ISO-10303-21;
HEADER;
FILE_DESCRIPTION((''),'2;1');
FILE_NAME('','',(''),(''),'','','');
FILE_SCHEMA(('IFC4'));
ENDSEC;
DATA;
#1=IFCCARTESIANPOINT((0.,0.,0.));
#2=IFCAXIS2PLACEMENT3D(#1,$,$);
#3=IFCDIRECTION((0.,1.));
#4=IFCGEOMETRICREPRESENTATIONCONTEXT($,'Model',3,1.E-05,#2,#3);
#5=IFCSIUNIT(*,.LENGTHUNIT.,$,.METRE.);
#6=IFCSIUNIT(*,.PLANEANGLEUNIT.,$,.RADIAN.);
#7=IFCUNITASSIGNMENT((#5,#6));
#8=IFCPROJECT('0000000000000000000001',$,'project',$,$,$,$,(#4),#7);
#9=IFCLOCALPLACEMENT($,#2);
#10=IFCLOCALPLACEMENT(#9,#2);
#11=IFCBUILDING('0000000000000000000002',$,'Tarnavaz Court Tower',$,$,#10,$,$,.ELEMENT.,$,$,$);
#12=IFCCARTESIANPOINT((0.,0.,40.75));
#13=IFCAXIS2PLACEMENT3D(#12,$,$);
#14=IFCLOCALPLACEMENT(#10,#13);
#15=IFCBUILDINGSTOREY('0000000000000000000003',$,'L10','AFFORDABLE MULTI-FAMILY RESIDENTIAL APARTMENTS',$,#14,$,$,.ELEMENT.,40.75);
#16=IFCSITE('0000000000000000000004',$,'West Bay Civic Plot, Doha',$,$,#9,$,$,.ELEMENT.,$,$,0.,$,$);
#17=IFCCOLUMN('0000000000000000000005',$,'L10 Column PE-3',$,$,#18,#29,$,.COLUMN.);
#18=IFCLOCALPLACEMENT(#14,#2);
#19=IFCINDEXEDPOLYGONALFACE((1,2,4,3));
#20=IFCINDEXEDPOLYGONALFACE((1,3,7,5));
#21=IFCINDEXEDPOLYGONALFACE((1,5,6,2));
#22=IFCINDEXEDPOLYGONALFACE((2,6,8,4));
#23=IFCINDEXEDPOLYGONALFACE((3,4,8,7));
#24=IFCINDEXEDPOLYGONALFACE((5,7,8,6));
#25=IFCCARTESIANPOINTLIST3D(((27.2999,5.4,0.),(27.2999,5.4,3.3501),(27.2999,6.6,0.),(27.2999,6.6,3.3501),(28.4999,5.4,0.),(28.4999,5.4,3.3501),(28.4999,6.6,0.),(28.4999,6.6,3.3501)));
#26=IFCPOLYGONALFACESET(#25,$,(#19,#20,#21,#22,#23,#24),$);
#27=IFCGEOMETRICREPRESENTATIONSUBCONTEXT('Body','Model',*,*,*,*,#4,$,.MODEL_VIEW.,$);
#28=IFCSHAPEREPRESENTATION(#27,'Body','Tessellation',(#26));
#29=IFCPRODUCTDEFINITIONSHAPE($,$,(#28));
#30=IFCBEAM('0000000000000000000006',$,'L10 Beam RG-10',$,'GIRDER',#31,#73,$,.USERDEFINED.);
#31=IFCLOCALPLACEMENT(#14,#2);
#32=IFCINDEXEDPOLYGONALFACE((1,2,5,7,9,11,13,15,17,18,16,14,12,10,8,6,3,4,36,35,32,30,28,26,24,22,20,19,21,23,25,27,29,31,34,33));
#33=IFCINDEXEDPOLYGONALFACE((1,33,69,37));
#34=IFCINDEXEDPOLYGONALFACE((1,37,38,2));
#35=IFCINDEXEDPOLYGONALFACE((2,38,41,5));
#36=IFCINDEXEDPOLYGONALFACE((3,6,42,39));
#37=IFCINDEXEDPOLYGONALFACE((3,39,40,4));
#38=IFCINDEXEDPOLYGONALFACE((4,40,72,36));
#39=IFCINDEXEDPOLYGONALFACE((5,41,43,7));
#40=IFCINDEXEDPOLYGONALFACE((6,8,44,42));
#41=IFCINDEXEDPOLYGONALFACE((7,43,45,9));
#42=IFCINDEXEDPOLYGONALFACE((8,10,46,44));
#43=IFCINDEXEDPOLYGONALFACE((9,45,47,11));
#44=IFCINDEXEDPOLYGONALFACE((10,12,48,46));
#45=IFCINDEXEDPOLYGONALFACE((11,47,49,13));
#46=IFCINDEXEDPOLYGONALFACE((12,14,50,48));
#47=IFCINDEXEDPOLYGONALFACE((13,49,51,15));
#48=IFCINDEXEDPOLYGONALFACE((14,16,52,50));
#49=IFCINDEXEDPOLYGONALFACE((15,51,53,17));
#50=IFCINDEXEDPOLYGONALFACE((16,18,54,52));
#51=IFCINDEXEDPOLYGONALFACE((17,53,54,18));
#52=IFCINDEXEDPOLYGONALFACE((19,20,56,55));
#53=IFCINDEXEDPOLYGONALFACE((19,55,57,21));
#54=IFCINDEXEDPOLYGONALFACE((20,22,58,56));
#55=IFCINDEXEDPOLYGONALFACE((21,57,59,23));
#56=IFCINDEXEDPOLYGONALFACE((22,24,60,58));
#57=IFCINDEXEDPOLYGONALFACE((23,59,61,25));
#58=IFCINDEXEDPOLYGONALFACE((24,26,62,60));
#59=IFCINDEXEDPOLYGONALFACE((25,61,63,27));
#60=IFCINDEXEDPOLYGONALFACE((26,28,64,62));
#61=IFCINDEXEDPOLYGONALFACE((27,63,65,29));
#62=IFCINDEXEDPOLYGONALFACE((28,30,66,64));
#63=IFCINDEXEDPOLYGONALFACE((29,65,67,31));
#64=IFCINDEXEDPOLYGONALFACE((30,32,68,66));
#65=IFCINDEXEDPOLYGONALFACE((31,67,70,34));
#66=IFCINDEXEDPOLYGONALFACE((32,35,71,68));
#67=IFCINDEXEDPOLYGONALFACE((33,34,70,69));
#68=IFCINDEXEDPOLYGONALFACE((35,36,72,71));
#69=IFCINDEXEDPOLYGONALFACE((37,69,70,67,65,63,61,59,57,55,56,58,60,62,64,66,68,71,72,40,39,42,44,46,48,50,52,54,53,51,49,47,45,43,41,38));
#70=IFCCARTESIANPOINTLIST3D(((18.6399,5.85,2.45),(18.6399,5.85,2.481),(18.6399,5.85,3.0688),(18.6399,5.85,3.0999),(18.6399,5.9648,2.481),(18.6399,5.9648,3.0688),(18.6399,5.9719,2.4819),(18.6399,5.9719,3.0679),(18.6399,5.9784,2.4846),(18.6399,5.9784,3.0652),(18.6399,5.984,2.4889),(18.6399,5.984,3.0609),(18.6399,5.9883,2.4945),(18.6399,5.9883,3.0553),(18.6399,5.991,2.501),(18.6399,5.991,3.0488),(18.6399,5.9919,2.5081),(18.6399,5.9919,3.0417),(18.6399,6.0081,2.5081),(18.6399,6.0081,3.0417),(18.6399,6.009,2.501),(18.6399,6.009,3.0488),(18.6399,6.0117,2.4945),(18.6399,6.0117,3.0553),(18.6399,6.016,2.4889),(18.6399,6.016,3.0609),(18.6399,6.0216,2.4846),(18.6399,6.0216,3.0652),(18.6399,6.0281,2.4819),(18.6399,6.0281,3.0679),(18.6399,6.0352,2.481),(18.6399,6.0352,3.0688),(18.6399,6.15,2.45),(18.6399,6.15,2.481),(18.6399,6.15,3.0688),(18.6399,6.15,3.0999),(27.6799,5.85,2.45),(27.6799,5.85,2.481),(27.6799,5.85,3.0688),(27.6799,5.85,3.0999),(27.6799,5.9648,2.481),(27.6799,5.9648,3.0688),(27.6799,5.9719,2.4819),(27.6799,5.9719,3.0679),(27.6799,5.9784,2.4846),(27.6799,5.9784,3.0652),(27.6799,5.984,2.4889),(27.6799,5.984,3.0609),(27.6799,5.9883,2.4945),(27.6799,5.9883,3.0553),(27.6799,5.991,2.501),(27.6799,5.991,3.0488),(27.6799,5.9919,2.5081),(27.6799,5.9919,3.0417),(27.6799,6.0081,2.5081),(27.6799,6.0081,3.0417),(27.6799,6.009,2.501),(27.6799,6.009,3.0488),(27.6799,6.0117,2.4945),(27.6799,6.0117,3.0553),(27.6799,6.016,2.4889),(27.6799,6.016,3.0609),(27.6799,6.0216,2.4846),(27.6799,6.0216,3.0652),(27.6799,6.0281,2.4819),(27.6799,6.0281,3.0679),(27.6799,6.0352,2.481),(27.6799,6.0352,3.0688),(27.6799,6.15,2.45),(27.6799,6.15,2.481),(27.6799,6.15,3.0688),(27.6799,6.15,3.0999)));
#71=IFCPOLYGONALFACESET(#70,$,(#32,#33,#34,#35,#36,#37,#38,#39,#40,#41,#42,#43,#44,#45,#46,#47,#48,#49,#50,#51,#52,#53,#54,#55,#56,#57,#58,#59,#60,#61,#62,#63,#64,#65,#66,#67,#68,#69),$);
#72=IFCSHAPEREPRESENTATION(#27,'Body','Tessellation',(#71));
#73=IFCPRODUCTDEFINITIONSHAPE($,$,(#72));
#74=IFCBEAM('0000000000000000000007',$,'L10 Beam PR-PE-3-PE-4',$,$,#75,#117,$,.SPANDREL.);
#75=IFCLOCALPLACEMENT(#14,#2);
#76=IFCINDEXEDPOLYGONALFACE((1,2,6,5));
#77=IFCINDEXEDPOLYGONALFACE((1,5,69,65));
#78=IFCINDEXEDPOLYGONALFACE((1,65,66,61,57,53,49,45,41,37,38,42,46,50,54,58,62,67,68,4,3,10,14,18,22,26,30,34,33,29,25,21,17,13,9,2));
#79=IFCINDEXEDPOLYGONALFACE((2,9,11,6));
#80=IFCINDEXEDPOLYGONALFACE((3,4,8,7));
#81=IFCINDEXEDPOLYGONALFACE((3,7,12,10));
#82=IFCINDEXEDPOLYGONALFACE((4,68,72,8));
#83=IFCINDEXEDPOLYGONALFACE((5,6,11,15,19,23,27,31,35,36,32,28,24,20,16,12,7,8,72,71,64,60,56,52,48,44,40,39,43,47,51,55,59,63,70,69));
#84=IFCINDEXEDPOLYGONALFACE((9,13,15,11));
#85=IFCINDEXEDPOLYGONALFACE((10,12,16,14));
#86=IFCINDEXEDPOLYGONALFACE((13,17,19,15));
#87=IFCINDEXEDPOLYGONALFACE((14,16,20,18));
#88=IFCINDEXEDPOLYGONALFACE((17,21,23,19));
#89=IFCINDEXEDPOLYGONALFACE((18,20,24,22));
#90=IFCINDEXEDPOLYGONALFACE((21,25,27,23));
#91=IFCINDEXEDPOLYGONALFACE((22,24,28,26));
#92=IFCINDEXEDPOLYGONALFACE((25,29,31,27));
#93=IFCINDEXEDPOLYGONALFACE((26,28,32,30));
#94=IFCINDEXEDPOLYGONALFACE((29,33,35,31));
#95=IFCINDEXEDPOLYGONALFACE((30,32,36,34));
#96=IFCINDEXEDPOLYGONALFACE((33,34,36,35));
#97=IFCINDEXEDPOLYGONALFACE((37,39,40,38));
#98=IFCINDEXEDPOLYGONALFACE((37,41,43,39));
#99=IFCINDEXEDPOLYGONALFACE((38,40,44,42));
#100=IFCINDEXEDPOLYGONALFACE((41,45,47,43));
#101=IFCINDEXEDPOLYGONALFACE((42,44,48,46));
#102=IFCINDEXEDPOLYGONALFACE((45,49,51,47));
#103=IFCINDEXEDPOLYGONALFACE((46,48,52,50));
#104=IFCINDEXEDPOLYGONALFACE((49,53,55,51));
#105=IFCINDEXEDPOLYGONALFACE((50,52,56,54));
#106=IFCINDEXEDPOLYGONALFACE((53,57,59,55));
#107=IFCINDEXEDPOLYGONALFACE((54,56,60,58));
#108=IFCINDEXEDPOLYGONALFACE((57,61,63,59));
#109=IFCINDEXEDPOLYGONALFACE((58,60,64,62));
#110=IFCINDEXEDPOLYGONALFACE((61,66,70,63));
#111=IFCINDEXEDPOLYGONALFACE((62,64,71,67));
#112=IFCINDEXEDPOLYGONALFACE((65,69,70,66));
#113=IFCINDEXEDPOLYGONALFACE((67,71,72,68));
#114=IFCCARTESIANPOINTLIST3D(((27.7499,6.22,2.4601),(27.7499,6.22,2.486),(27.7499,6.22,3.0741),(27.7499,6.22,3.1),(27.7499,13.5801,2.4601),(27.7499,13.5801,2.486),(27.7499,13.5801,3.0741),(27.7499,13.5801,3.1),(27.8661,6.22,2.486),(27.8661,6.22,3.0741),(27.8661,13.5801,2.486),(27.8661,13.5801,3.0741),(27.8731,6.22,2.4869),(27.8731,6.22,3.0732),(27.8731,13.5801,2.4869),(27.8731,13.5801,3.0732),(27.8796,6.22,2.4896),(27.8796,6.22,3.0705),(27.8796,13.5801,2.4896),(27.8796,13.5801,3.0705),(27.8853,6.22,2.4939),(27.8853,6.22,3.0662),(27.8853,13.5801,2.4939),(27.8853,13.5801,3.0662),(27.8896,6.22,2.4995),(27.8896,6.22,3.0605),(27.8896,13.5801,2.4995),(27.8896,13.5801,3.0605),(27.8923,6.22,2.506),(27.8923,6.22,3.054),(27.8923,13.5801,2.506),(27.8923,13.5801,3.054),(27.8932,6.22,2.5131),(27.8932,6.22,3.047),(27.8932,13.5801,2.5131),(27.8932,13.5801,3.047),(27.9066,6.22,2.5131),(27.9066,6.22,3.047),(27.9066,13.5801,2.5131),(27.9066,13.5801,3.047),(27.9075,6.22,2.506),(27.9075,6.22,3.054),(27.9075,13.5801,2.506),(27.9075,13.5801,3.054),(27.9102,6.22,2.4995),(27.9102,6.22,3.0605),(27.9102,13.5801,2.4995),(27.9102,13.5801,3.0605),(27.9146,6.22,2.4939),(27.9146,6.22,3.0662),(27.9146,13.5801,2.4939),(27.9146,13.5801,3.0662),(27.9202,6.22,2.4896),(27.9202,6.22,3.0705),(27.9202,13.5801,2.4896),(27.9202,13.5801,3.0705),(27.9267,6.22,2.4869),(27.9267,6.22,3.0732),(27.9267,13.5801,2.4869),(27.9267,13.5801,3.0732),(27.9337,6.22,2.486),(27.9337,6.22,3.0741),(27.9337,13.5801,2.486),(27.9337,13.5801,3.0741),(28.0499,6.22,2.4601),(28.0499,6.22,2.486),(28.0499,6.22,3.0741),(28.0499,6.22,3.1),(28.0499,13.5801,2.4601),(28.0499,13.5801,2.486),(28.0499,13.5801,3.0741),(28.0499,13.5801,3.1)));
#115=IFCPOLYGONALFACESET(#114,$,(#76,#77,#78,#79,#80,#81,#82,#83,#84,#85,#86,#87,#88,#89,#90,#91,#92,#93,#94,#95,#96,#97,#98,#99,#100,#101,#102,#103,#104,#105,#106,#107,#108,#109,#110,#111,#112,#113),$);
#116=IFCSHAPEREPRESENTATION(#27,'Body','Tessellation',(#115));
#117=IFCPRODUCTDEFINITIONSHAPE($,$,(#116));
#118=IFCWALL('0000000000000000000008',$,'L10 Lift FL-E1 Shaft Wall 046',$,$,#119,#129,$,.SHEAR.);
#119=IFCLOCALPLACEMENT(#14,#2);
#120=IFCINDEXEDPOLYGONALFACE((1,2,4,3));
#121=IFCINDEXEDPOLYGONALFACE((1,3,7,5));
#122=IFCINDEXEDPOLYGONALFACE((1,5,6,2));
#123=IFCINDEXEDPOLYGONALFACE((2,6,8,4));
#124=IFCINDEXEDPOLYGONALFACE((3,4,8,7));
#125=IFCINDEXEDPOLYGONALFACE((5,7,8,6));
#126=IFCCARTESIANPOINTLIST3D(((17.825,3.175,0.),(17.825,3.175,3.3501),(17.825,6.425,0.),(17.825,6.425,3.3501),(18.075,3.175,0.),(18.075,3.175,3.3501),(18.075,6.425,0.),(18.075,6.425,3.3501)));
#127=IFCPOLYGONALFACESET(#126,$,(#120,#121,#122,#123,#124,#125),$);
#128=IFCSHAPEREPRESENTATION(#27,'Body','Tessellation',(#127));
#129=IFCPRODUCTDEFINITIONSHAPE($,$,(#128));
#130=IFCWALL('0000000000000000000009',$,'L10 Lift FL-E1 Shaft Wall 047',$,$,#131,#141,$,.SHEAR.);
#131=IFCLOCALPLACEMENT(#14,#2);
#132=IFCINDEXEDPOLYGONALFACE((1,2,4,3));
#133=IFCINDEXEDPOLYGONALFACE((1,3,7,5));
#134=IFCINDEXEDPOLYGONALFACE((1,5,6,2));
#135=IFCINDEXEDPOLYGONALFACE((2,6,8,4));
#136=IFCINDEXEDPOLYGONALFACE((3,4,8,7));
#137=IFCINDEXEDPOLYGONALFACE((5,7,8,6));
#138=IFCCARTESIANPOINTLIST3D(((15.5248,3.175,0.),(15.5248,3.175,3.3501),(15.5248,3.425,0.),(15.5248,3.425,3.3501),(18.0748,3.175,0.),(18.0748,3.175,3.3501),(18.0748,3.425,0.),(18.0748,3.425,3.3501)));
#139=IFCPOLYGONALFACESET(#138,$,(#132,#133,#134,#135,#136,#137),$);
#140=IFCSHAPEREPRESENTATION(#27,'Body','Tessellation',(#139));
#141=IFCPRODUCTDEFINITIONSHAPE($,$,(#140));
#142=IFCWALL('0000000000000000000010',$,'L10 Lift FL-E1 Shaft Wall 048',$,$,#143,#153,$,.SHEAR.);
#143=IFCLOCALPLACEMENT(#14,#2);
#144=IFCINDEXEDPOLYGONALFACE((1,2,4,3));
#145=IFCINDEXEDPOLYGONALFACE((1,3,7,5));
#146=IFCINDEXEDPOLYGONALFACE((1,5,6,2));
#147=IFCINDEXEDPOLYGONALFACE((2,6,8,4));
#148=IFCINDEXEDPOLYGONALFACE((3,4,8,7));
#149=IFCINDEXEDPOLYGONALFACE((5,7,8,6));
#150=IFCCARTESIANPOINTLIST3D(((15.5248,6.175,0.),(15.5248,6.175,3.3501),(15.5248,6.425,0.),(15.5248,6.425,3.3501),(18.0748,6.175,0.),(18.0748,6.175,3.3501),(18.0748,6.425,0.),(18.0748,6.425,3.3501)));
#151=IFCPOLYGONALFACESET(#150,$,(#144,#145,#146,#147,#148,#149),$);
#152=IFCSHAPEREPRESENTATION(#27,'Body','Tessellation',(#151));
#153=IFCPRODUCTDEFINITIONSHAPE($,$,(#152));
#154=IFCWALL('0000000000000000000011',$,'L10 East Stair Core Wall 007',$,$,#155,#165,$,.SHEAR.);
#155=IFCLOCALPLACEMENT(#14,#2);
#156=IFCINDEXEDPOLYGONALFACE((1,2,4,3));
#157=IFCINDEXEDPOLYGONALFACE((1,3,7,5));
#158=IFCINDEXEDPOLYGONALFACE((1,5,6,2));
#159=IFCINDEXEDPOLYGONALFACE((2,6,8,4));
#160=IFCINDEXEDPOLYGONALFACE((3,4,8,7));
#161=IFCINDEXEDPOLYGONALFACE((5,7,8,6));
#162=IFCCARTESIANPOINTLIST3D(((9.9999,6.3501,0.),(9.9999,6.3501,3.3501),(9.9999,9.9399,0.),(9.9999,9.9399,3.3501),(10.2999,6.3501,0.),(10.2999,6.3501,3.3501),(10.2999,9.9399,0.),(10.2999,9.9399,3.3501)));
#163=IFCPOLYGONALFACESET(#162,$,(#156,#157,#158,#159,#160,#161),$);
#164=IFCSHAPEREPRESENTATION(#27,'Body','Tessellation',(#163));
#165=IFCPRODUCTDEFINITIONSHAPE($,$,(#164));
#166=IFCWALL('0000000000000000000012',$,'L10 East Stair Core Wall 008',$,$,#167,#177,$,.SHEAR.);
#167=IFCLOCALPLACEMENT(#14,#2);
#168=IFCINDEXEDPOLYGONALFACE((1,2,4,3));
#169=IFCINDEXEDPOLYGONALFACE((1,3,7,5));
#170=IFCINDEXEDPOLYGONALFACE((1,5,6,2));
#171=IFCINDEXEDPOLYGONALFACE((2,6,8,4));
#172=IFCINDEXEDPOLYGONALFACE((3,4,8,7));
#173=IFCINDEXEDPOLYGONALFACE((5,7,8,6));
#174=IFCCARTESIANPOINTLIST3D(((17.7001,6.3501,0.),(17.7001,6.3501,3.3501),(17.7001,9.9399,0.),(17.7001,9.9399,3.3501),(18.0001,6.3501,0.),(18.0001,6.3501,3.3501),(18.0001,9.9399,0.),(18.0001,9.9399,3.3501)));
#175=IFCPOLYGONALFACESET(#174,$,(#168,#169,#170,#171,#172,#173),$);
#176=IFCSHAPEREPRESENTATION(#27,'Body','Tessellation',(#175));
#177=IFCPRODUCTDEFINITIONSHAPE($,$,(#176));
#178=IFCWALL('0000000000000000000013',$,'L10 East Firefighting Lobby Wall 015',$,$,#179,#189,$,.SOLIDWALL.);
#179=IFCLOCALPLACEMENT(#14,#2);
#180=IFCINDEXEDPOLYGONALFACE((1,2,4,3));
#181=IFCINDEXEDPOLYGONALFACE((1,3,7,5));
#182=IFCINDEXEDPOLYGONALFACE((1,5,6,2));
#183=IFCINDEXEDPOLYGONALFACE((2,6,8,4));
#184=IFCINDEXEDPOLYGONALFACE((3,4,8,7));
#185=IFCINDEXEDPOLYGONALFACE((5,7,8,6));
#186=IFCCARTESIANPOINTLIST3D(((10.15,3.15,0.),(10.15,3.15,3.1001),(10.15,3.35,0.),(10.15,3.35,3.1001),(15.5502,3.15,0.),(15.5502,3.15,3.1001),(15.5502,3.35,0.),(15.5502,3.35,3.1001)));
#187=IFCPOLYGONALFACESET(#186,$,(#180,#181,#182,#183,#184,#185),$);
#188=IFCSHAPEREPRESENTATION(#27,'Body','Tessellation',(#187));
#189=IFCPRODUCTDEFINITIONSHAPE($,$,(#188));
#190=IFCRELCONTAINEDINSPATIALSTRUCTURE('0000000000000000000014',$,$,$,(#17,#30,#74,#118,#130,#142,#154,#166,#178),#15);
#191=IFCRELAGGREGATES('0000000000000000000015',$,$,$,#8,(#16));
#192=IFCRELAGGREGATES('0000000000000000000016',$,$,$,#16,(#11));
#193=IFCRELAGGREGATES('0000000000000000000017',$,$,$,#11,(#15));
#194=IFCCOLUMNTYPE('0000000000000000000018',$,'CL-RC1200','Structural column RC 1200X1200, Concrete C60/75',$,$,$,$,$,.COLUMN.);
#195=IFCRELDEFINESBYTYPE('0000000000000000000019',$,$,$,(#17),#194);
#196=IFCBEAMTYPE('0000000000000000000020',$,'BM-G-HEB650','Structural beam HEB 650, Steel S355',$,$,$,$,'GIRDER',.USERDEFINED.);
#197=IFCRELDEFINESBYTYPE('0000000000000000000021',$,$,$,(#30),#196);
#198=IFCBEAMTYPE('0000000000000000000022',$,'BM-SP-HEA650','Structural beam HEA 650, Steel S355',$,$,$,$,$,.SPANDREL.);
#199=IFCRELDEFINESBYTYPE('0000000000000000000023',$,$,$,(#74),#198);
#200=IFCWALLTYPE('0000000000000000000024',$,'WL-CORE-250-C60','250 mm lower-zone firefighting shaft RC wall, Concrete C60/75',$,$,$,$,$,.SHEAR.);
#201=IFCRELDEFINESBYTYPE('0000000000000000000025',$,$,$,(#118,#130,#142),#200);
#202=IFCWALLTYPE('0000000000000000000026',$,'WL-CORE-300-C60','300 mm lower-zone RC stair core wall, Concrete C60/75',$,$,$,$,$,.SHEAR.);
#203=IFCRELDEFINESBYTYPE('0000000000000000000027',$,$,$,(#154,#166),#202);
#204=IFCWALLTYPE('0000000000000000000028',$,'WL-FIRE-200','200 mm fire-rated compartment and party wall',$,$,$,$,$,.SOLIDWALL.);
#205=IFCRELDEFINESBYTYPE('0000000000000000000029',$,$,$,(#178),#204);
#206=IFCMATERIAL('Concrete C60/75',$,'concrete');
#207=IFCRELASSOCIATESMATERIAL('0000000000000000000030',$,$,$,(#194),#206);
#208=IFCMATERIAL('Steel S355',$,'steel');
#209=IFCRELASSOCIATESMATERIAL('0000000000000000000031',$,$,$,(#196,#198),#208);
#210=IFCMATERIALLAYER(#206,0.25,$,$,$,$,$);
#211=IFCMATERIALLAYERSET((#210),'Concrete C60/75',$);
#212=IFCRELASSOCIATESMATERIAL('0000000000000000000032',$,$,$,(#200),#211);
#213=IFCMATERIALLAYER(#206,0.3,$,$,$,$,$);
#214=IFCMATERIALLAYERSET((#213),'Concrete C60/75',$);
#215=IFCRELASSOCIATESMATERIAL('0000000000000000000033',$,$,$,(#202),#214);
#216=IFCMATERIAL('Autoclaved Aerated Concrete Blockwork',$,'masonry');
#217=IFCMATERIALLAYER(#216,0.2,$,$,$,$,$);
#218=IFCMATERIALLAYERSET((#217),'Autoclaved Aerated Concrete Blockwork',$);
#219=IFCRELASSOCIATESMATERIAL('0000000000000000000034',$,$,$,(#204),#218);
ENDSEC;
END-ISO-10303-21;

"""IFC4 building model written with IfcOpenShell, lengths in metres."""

from ifc_helpers import new_model, si_unit, direction, frame, frame_2d, origin, origin_2d, place, context, subcontext, project, spatial, rectangle, i_section, extrude, material, layer, layer_set, material_profile, profile_set, type_object, element, save


model = new_model("IFC4")

# Units and contexts
model_context = context("Model", 3, precision=1e-05, world=origin(), true_north=direction((0.0, 1.0)))
body_context = subcontext(model_context, "Body", "Model", "MODEL_VIEW")
ifc_project = project(units=[si_unit("LENGTHUNIT", "METRE"), si_unit("PLANEANGLEUNIT", "RADIAN")], contexts=[model_context])

# Site, building, storey
site_placement = place(None, origin())
site = spatial("IfcSite", under=ifc_project, at=site_placement, Name="West Bay Civic Plot, Doha", CompositionType="ELEMENT", RefElevation=0.0)
building_placement = place(site_placement, origin())
building = spatial("IfcBuilding", under=site, at=building_placement, Name="Tarnavaz Court Tower", CompositionType="ELEMENT")
storey_placement = place(building_placement, frame((0.0, 0.0, 40.75)))
storey = spatial("IfcBuildingStorey", under=building, at=storey_placement, Name="L10", Description="AFFORDABLE MULTI-FAMILY RESIDENTIAL APARTMENTS", CompositionType="ELEMENT", Elevation=40.75)

# Column
ifc_material_1 = material(Name="Concrete C60/75", Category="concrete")
ifc_material_profile_1 = material_profile(ifc_material_1, rectangle(XDim=1.2, YDim=1.2, at=origin_2d()), Name="RC 1200X1200")
ifc_profile_set_1 = profile_set([ifc_material_profile_1], Name="Concrete C60/75")
column_type = type_object("IfcColumnType", Name="CL-RC1200", Description="Structural column RC 1200X1200, Concrete C60/75", PredefinedType="COLUMN", material=ifc_profile_set_1)
column_placement = place(storey_placement, frame((27.8999, 6.0, 0.0), z_axis=(0.0, 0.0, 1.0), x_axis=(1.0, 0.0, 0.0)))
element("IfcColumn", 1, at=column_placement, inside=storey, type_object=column_type, Name="L10 Column PE-3", PredefinedType="COLUMN", context=body_context, shape_type="SweptSolid", body=[
    extrude(rectangle(XDim=1.2, YDim=1.2, at=origin_2d()), origin(), (0.0, 0.0, 1.0), 3.3501),
])

# Beams
ifc_material_2 = material(Name="Steel S355", Category="steel")
ifc_material_profile_2 = material_profile(ifc_material_2, i_section(OverallWidth=0.3, OverallDepth=0.6499, WebThickness=0.0161, FlangeThickness=0.031, FilletRadius=0.0271, at=origin_2d()), Name="HEB 650")
ifc_profile_set_2 = profile_set([ifc_material_profile_2], Name="Steel S355")
beam_type_1 = type_object("IfcBeamType", Name="BM-G-HEB650", Description="Structural beam HEB 650, Steel S355", ElementType="GIRDER", PredefinedType="USERDEFINED", material=ifc_profile_set_2)
beam_1_placement = place(storey_placement, frame((18.6399, 6.0, 2.7749), z_axis=(1.0, 0.0, 0.0), x_axis=(0.0, 1.0, 0.0)))
element("IfcBeam", 2, at=beam_1_placement, inside=storey, type_object=beam_type_1, Name="L10 Beam RG-10", ObjectType="GIRDER", PredefinedType="USERDEFINED", context=body_context, shape_type="SweptSolid", body=[
    extrude(i_section(OverallWidth=0.3, OverallDepth=0.6499, WebThickness=0.0161, FlangeThickness=0.031, FilletRadius=0.0271, at=origin_2d()), origin(), (0.0, 0.0, 1.0), 9.04),
])
ifc_material_profile_3 = material_profile(ifc_material_2, i_section(OverallWidth=0.3, OverallDepth=0.6399, WebThickness=0.0134, FlangeThickness=0.0259, FilletRadius=0.0271, at=origin_2d()), Name="HEA 650")
ifc_profile_set_3 = profile_set([ifc_material_profile_3], Name="Steel S355")
beam_type_2 = type_object("IfcBeamType", Name="BM-SP-HEA650", Description="Structural beam HEA 650, Steel S355", PredefinedType="SPANDREL", material=ifc_profile_set_3)
beam_2_placement = place(storey_placement, frame((27.8999, 6.22, 2.78), z_axis=(0.0, 1.0, 0.0), x_axis=(-1.0, 0.0, 0.0)))
element("IfcBeam", 3, at=beam_2_placement, inside=storey, type_object=beam_type_2, Name="L10 Beam PR-PE-3-PE-4", PredefinedType="SPANDREL", context=body_context, shape_type="SweptSolid", body=[
    extrude(i_section(OverallWidth=0.3, OverallDepth=0.6399, WebThickness=0.0134, FlangeThickness=0.0259, FilletRadius=0.0271, at=origin_2d()), origin(), (0.0, 0.0, 1.0), 7.3601),
])

# Shared definitions
ifc_layer_1 = layer(ifc_material_1, 0.25)
ifc_layer_set_1 = layer_set([ifc_layer_1], Name="Concrete C60/75")
wall_type_1 = type_object("IfcWallType", Name="WL-CORE-250-C60", Description="250 mm lower-zone firefighting shaft RC wall, Concrete C60/75", PredefinedType="SHEAR", material=ifc_layer_set_1)

# Walls
wall_1_placement = place(storey_placement, frame((17.95, 3.175, 0.0), z_axis=(0.0, 0.0, 1.0), x_axis=(0.0, 1.0, 0.0)))
element("IfcWall", 4, at=wall_1_placement, inside=storey, type_object=wall_type_1, Name="L10 Lift FL-E1 Shaft Wall 046", PredefinedType="SHEAR", context=body_context, shape_type="SweptSolid", body=[
    extrude(rectangle(XDim=3.25, YDim=0.25, at=frame_2d((1.625, 0.0))), origin(), (0.0, 0.0, 1.0), 3.3501),
])
for number, where, z_axis, x_axis, name in (
    (5, (15.5249, 3.3, 0.0), (0.0, 0.0, 1.0), (1.0, 0.0, 0.0), "L10 Lift FL-E1 Shaft Wall 047"),
    (6, (15.5249, 6.3, 0.0), (0.0, 0.0, 1.0), (1.0, 0.0, 0.0), "L10 Lift FL-E1 Shaft Wall 048"),
):
    element("IfcWall", number, at=place(storey_placement, frame(where, z_axis=z_axis, x_axis=x_axis)), inside=storey, type_object=wall_type_1, Name=name, PredefinedType="SHEAR", context=body_context, shape_type="SweptSolid", body=[
        extrude(rectangle(XDim=2.55, YDim=0.25, at=frame_2d((1.2749, 0.0))), origin(), (0.0, 0.0, 1.0), 3.3501),
    ])
ifc_layer_2 = layer(ifc_material_1, 0.3)
ifc_layer_set_2 = layer_set([ifc_layer_2], Name="Concrete C60/75")
wall_type_2 = type_object("IfcWallType", Name="WL-CORE-300-C60", Description="300 mm lower-zone RC stair core wall, Concrete C60/75", PredefinedType="SHEAR", material=ifc_layer_set_2)
for number, where, z_axis, x_axis, name in (
    (7, (10.1499, 6.3501, 0.0), (0.0, 0.0, 1.0), (0.0, 1.0, 0.0), "L10 East Stair Core Wall 007"),
    (8, (17.8501, 6.3501, 0.0), (0.0, 0.0, 1.0), (0.0, 1.0, 0.0), "L10 East Stair Core Wall 008"),
):
    element("IfcWall", number, at=place(storey_placement, frame(where, z_axis=z_axis, x_axis=x_axis)), inside=storey, type_object=wall_type_2, Name=name, PredefinedType="SHEAR", context=body_context, shape_type="SweptSolid", body=[
        extrude(rectangle(XDim=3.5898, YDim=0.3, at=frame_2d((1.7949, 0.0))), origin(), (0.0, 0.0, 1.0), 3.3501),
    ])
ifc_material_3 = material(Name="Autoclaved Aerated Concrete Blockwork", Category="masonry")
ifc_layer_3 = layer(ifc_material_3, 0.2)
ifc_layer_set_3 = layer_set([ifc_layer_3], Name="Autoclaved Aerated Concrete Blockwork")
wall_type_3 = type_object("IfcWallType", Name="WL-FIRE-200", Description="200 mm fire-rated compartment and party wall", PredefinedType="SOLIDWALL", material=ifc_layer_set_3)
wall_2_placement = place(storey_placement, frame((10.1499, 3.25, 0.0), z_axis=(0.0, 0.0, 1.0), x_axis=(1.0, 0.0, 0.0)))
element("IfcWall", 9, at=wall_2_placement, inside=storey, type_object=wall_type_3, Name="L10 East Firefighting Lobby Wall 015", PredefinedType="SOLIDWALL", context=body_context, shape_type="SweptSolid", body=[
    extrude(rectangle(XDim=5.4001, YDim=0.2, at=frame_2d((2.7002, 0.0))), origin(), (0.0, 0.0, 1.0), 3.1001),
])

save(model, "model.ifc")
